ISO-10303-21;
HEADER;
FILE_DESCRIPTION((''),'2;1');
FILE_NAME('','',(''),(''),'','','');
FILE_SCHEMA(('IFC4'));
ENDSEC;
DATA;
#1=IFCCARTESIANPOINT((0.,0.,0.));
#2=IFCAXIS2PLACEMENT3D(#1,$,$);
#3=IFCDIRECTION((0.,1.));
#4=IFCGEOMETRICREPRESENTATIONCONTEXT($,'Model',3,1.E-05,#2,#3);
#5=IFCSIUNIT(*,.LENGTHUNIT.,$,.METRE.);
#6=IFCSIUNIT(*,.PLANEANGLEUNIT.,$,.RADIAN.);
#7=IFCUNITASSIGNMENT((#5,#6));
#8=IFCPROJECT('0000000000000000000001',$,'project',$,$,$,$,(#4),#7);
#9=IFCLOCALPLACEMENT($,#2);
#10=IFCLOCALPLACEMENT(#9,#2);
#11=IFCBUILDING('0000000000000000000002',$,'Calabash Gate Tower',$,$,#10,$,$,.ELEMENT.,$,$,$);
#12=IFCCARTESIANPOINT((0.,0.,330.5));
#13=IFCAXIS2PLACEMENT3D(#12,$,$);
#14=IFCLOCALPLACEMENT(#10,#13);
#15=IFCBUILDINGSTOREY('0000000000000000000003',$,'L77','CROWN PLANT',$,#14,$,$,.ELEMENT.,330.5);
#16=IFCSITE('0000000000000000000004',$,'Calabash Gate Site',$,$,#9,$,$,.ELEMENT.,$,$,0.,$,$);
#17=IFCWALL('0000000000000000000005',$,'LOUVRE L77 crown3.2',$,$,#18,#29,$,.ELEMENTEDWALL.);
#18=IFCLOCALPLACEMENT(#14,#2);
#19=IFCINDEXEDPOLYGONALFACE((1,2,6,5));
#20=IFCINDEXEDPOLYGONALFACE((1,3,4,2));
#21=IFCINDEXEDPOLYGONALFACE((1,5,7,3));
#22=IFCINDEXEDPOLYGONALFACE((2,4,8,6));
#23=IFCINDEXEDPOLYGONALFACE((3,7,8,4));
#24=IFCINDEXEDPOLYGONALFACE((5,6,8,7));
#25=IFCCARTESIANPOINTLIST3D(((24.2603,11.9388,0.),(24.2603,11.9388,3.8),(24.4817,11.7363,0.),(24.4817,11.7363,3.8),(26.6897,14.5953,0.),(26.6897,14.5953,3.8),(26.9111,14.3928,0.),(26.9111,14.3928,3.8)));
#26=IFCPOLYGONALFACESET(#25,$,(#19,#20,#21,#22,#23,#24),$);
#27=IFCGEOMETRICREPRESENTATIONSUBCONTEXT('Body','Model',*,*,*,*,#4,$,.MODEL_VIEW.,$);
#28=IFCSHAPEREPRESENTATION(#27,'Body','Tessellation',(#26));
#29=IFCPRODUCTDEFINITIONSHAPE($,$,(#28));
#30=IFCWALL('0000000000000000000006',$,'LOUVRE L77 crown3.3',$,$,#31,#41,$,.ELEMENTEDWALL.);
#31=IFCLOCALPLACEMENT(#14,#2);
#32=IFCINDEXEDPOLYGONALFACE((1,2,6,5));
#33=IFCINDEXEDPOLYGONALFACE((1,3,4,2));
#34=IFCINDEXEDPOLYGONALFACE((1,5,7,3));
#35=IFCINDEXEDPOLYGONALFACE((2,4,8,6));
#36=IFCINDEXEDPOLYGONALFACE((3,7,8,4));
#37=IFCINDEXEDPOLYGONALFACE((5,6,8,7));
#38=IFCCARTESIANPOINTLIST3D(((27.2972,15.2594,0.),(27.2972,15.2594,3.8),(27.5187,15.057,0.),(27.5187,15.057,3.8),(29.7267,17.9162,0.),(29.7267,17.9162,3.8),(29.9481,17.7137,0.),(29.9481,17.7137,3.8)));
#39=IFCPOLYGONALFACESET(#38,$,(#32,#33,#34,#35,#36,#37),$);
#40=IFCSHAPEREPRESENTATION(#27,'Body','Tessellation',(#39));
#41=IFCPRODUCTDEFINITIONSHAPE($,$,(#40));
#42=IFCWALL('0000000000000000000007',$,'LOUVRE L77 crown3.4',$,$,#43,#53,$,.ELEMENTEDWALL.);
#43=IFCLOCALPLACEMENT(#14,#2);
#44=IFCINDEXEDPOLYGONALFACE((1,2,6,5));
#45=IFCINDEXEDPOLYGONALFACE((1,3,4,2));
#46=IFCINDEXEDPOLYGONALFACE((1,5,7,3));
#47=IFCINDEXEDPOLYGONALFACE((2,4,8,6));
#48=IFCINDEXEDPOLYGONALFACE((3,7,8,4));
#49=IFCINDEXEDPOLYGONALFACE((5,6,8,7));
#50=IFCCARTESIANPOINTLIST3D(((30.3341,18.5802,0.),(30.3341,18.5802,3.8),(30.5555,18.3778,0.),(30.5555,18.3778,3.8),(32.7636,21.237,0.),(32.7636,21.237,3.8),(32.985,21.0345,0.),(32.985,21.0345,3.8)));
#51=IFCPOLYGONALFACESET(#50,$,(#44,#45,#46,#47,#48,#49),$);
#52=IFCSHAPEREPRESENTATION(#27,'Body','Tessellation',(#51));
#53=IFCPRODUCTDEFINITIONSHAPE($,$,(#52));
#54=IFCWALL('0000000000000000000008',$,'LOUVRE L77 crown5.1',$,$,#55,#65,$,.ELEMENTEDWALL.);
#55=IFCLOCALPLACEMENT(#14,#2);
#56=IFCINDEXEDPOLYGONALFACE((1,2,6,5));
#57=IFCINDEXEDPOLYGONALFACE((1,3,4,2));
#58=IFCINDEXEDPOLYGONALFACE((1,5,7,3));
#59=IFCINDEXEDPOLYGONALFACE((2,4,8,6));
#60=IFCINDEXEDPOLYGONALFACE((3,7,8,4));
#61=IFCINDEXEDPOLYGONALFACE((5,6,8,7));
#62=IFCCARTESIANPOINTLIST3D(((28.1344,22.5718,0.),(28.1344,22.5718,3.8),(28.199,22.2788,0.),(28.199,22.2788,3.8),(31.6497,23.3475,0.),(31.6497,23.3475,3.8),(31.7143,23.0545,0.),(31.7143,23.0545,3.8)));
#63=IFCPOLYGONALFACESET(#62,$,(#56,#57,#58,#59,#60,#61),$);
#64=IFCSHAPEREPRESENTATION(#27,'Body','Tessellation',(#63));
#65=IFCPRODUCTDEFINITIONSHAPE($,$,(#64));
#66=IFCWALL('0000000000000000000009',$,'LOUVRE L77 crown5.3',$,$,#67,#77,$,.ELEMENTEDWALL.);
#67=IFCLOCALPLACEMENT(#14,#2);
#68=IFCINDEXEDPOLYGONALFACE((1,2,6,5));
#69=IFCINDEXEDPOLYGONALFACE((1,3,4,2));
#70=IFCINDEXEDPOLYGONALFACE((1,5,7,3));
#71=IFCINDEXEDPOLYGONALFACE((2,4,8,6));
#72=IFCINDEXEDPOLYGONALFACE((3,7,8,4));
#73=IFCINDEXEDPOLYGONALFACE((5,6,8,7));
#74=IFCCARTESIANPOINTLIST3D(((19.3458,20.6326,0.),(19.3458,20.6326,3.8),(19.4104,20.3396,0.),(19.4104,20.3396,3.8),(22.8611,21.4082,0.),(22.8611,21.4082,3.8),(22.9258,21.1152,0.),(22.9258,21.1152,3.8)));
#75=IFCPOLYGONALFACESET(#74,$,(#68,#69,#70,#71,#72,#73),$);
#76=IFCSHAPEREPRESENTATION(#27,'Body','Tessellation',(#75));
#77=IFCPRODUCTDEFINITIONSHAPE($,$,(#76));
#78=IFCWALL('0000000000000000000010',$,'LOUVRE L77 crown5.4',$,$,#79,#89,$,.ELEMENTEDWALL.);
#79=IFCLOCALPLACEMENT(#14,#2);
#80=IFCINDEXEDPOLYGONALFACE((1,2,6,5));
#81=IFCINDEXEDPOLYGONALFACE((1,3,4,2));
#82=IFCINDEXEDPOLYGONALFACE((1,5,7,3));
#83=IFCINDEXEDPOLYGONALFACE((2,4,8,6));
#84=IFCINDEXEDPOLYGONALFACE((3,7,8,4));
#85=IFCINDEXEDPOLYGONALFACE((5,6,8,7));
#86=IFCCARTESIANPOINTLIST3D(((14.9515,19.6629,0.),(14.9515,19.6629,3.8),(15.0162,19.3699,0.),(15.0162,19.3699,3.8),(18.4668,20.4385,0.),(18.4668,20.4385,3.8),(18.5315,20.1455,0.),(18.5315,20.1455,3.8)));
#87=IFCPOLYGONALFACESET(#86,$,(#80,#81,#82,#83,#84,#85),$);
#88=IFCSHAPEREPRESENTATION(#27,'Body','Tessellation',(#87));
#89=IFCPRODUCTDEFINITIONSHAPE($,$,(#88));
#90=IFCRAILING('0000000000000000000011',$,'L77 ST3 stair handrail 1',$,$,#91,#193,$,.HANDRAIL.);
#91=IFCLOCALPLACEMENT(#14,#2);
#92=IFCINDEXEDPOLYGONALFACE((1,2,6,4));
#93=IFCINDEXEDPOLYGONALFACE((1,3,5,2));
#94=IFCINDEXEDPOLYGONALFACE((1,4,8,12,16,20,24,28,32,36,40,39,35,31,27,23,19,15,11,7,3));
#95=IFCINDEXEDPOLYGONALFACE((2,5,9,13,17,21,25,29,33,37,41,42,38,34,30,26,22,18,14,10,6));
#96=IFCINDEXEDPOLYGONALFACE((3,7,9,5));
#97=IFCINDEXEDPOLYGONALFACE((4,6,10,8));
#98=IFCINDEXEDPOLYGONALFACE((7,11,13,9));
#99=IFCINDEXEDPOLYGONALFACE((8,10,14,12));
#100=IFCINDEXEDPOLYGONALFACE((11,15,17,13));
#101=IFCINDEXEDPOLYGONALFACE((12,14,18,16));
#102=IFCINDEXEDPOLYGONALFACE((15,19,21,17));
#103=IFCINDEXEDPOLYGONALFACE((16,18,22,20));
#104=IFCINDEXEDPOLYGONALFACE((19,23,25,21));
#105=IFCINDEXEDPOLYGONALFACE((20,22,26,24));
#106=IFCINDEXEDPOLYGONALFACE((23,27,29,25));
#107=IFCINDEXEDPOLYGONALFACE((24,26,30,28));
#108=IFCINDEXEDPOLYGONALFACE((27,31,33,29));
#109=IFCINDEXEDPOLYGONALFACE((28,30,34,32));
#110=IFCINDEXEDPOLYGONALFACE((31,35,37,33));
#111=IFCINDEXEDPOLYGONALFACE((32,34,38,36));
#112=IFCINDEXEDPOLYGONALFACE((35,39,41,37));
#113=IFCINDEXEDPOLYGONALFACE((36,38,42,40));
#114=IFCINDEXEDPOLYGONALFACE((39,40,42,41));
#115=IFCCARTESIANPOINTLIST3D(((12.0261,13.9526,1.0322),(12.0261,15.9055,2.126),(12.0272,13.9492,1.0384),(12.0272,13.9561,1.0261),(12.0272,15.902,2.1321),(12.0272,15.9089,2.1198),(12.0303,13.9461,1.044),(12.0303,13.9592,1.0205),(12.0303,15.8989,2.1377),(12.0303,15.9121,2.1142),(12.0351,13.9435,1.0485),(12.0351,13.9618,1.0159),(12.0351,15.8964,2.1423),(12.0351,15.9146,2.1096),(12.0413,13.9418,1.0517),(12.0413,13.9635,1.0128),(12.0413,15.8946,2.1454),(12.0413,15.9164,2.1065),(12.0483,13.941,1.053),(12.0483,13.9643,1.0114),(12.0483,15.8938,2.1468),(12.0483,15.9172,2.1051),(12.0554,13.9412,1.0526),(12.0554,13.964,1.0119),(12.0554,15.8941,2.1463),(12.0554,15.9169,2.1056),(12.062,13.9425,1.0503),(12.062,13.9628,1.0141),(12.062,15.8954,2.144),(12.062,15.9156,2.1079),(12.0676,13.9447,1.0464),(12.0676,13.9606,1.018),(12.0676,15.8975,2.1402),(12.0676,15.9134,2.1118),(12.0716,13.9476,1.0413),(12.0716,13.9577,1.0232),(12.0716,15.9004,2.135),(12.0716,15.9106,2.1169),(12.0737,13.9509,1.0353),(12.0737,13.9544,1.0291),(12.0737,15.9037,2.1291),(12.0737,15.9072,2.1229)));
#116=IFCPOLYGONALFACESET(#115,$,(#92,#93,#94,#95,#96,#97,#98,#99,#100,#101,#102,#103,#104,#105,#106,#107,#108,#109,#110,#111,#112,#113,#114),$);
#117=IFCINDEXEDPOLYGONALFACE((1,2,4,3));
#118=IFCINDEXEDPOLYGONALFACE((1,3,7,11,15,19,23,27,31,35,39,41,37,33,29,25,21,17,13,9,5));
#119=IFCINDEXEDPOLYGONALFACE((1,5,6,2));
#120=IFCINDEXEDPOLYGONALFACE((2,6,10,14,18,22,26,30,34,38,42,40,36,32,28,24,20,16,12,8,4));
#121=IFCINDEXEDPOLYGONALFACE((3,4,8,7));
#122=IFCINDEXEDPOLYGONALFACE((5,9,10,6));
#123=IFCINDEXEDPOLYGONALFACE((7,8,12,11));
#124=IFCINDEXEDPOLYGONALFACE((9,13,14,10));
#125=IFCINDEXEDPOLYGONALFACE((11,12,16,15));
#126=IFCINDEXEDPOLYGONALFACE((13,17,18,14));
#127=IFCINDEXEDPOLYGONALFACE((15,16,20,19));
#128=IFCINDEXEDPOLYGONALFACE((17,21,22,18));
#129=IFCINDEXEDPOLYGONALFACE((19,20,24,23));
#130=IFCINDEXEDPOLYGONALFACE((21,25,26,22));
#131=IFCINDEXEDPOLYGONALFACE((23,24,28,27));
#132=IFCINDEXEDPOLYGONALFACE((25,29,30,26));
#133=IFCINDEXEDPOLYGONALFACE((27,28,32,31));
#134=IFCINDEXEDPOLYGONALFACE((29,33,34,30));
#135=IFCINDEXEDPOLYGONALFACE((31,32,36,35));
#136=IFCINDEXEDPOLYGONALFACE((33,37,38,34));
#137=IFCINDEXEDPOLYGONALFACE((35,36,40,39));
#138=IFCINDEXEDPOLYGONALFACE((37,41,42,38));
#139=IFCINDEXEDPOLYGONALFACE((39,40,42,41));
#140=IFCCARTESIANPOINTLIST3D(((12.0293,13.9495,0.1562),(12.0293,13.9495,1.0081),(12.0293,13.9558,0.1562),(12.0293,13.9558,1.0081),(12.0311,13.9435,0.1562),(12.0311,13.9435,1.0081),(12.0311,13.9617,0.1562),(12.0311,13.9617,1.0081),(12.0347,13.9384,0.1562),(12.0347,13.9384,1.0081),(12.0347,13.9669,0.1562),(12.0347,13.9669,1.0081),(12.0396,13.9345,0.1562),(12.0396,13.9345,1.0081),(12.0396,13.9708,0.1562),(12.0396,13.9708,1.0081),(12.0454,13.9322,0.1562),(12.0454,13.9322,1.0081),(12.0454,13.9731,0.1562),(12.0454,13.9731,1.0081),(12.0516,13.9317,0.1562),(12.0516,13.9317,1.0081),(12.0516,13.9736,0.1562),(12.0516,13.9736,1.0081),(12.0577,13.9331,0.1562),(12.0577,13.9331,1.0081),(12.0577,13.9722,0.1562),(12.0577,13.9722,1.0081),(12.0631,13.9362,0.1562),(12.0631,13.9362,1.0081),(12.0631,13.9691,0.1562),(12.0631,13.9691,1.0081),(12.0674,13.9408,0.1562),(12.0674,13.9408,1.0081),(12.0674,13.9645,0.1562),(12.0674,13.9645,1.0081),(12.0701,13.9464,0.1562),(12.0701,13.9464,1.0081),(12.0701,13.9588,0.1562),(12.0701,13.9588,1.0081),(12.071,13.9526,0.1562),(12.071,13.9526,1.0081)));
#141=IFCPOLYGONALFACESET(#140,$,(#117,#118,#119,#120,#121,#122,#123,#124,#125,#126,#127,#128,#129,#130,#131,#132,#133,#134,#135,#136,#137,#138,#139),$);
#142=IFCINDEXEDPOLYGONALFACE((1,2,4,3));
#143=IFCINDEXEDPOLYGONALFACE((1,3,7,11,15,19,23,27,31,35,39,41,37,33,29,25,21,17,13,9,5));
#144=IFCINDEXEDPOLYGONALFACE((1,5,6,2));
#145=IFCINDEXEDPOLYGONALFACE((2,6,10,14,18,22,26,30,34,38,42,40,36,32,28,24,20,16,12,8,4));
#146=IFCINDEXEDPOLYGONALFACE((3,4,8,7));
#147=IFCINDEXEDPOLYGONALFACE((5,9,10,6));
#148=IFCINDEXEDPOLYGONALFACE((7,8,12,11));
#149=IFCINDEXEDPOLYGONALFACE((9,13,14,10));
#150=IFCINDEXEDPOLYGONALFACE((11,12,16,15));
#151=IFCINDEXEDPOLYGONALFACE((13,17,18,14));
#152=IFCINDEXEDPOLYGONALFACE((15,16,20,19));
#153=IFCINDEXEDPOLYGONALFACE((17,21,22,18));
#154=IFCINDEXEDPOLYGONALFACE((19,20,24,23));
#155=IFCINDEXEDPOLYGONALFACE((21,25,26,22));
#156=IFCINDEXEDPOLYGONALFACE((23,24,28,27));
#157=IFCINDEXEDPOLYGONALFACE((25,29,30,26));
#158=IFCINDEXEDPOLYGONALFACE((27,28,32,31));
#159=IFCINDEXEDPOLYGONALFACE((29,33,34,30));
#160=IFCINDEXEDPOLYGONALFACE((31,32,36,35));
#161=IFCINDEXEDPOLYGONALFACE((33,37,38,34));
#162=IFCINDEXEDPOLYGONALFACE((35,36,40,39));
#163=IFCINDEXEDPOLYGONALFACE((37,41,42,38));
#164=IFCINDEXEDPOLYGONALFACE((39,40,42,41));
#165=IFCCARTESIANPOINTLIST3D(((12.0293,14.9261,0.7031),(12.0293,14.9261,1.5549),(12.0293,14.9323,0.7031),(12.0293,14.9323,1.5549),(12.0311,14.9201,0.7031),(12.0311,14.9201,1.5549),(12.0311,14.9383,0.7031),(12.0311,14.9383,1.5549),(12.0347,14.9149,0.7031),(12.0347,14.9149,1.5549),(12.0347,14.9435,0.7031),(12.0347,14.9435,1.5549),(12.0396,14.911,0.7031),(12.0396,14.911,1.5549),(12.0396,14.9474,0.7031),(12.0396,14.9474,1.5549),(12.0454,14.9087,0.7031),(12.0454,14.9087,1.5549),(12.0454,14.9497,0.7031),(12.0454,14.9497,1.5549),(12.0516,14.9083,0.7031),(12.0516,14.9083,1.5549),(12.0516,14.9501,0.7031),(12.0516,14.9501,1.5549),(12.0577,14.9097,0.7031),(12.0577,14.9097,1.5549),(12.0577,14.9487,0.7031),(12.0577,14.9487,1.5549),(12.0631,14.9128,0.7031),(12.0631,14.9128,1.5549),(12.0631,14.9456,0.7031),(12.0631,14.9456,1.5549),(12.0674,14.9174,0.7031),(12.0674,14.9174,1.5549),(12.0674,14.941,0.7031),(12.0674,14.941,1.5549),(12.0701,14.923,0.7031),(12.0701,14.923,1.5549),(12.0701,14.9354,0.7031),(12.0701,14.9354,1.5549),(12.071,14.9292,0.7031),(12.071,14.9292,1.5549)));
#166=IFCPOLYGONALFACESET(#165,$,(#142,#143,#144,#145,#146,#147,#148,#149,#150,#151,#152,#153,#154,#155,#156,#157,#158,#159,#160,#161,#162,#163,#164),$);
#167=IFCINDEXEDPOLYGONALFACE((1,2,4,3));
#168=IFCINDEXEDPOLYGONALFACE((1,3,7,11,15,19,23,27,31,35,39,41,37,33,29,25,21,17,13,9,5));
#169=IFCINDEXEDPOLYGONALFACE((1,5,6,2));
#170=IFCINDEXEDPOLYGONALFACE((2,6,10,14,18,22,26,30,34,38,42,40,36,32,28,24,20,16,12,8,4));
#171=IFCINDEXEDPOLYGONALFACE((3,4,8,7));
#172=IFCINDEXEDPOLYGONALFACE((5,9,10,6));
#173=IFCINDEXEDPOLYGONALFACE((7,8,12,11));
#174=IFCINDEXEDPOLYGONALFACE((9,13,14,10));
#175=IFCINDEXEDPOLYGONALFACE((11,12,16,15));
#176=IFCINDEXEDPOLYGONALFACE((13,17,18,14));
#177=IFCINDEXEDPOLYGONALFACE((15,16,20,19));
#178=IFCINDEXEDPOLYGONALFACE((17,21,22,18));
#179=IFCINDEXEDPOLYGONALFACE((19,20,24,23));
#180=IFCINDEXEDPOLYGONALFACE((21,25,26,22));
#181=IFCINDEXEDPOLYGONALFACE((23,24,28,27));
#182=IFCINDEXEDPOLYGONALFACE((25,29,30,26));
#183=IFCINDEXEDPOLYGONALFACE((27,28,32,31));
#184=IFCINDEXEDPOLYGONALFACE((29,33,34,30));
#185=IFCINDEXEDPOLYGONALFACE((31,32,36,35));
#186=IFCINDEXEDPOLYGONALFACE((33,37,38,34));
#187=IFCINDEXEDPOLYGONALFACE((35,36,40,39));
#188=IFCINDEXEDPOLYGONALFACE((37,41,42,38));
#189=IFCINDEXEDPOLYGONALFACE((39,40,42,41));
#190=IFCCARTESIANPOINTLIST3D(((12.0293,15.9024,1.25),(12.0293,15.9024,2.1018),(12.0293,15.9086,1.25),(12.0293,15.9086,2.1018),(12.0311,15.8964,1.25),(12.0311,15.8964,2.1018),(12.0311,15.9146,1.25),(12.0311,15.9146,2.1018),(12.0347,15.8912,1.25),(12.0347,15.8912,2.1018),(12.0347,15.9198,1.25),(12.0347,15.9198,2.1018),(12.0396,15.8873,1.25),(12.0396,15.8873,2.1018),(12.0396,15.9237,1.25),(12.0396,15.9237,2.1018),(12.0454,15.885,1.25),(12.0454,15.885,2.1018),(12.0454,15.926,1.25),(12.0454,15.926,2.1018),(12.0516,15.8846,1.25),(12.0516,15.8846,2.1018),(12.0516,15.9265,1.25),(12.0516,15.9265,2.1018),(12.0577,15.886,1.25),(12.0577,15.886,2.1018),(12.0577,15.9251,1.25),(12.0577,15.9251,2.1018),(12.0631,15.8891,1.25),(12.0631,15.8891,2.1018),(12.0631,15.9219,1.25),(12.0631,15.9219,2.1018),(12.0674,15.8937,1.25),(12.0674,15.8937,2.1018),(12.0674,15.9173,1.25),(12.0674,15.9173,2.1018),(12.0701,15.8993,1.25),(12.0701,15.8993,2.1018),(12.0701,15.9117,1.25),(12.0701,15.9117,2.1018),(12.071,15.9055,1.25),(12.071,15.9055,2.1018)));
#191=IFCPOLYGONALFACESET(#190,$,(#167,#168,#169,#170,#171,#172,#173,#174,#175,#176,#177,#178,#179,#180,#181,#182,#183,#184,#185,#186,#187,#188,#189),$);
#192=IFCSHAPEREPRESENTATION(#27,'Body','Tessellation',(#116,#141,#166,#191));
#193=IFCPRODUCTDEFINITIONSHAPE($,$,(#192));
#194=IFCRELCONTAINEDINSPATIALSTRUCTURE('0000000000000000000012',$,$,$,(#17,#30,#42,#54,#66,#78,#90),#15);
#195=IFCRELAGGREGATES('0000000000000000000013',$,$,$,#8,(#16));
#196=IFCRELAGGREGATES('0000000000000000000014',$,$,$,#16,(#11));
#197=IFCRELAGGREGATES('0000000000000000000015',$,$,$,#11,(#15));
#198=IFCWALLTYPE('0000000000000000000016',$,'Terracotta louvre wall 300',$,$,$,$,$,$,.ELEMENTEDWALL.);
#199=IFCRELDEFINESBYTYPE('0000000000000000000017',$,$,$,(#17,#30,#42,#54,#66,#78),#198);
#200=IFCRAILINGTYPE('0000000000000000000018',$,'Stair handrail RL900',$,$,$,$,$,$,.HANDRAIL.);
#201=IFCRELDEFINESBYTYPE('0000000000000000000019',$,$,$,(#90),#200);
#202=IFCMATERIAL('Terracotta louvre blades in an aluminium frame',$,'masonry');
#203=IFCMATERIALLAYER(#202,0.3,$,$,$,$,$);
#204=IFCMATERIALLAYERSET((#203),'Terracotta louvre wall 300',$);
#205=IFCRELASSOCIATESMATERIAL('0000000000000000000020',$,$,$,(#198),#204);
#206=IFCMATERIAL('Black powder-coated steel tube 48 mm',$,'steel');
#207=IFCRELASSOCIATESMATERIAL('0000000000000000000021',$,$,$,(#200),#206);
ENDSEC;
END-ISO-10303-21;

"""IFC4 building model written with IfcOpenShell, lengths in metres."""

from ifc_helpers import new_model, si_unit, direction, frame, frame_2d, origin, origin_2d, place, context, subcontext, project, spatial, rectangle, circle, extrude, material, layer, layer_set, type_object, element, save


model = new_model("IFC4")

# Units and contexts
model_context = context("Model", 3, precision=1e-05, world=origin(), true_north=direction((0.0, 1.0)))
body_context = subcontext(model_context, "Body", "Model", "MODEL_VIEW")
ifc_project = project(units=[si_unit("LENGTHUNIT", "METRE"), si_unit("PLANEANGLEUNIT", "RADIAN")], contexts=[model_context])

# Site, building, storey
site_placement = place(None, origin())
site = spatial("IfcSite", under=ifc_project, at=site_placement, Name="Calabash Gate Site", CompositionType="ELEMENT", RefElevation=0.0)
building_placement = place(site_placement, origin())
building = spatial("IfcBuilding", under=site, at=building_placement, Name="Calabash Gate Tower", CompositionType="ELEMENT")
storey_placement = place(building_placement, frame((0.0, 0.0, 330.5)))
storey = spatial("IfcBuildingStorey", under=building, at=storey_placement, Name="L77", Description="CROWN PLANT", CompositionType="ELEMENT", Elevation=330.5)

# Walls
ifc_material_1 = material(Name="Terracotta louvre blades in an aluminium frame", Category="masonry")
ifc_layer_1 = layer(ifc_material_1, 0.3)
ifc_layer_set_1 = layer_set([ifc_layer_1], Name="Terracotta louvre wall 300")
wall_type_1 = type_object("IfcWallType", Name="Terracotta louvre wall 300", PredefinedType="ELEMENTEDWALL", material=ifc_layer_set_1)
wall_1_placement = place(storey_placement, frame((24.3711, 11.8376, 0.0), z_axis=(0.0, 0.0, 1.0), x_axis=(0.674867, 0.737939, 0.0)))
element("IfcWall", 1, at=wall_1_placement, inside=storey, type_object=wall_type_1, Name="LOUVRE L77 crown3.2", PredefinedType="ELEMENTEDWALL", context=body_context, shape_type="SweptSolid", body=[
    extrude(rectangle(XDim=3.5999, YDim=0.3, at=frame_2d((1.7998, 0.0))), origin(), (0.0, 0.0, 1.0), 3.8),
])
for number, where, z_axis, x_axis, name in (
    (2, (27.408, 15.1582, 0.0), (0.0, 0.0, 1.0), (0.674834, 0.73797, 0.0), "LOUVRE L77 crown3.3"),
    (3, (30.4448, 18.479, 0.0), (0.0, 0.0, 1.0), (0.674834, 0.73797, 0.0), "LOUVRE L77 crown3.4"),
):
    element("IfcWall", number, at=place(storey_placement, frame(where, z_axis=z_axis, x_axis=x_axis)), inside=storey, type_object=wall_type_1, Name=name, PredefinedType="ELEMENTEDWALL", context=body_context, shape_type="SweptSolid", body=[
        extrude(rectangle(XDim=3.6001, YDim=0.3, at=frame_2d((1.8, 0.0))), origin(), (0.0, 0.0, 1.0), 3.8),
    ])
for number, where, z_axis, x_axis, name in (
    (4, (31.6819, 23.2009, 0.0), (0.0, 0.0, 1.0), (-0.976513, -0.215458, 0.0), "LOUVRE L77 crown5.1"),
    (5, (22.8933, 21.2617, 0.0), (0.0, 0.0, 1.0), (-0.976513, -0.215458, 0.0), "LOUVRE L77 crown5.3"),
    (6, (18.499, 20.292, 0.0), (0.0, 0.0, 1.0), (-0.976513, -0.215458, 0.0), "LOUVRE L77 crown5.4"),
):
    element("IfcWall", number, at=place(storey_placement, frame(where, z_axis=z_axis, x_axis=x_axis)), inside=storey, type_object=wall_type_1, Name=name, PredefinedType="ELEMENTEDWALL", context=body_context, shape_type="SweptSolid", body=[
        extrude(rectangle(XDim=3.5999, YDim=0.3, at=frame_2d((1.7998, 0.0))), origin(), (0.0, 0.0, 1.0), 3.8),
    ])

# Railing
ifc_material_2 = material(Name="Black powder-coated steel tube 48 mm", Category="steel")
railing_type = type_object("IfcRailingType", Name="Stair handrail RL900", PredefinedType="HANDRAIL", material=ifc_material_2)
for number, where, name in (
    (7, (12.05, 13.9526, 0.1562), "L77 ST3 stair handrail 1"),
):
    element("IfcRailing", number, at=place(storey_placement, frame(where)), inside=storey, type_object=railing_type, Name=name, PredefinedType="HANDRAIL", context=body_context, shape_type="SweptSolid", body=[
        extrude(circle(Radius=0.0239, at=origin_2d()), frame((0.0, 0.0, 0.876), z_axis=(0.0, 0.87248, 0.48865), x_axis=(-1.0, 0.0, 0.0)), (0.0, 0.0, 1.0), 2.2383),
        extrude(circle(Radius=0.021, at=origin_2d()), origin(), (0.0, 0.0, 1.0), 0.8518),
        extrude(circle(Radius=0.021, at=origin_2d()), frame((0.0, 0.9766, 0.5469)), (0.0, 0.0, 1.0), 0.8518),
        extrude(circle(Radius=0.021, at=origin_2d()), frame((0.0, 1.9529, 1.0938)), (0.0, 0.0, 1.0), 0.8518),
    ])

save(model, "model.ifc")
